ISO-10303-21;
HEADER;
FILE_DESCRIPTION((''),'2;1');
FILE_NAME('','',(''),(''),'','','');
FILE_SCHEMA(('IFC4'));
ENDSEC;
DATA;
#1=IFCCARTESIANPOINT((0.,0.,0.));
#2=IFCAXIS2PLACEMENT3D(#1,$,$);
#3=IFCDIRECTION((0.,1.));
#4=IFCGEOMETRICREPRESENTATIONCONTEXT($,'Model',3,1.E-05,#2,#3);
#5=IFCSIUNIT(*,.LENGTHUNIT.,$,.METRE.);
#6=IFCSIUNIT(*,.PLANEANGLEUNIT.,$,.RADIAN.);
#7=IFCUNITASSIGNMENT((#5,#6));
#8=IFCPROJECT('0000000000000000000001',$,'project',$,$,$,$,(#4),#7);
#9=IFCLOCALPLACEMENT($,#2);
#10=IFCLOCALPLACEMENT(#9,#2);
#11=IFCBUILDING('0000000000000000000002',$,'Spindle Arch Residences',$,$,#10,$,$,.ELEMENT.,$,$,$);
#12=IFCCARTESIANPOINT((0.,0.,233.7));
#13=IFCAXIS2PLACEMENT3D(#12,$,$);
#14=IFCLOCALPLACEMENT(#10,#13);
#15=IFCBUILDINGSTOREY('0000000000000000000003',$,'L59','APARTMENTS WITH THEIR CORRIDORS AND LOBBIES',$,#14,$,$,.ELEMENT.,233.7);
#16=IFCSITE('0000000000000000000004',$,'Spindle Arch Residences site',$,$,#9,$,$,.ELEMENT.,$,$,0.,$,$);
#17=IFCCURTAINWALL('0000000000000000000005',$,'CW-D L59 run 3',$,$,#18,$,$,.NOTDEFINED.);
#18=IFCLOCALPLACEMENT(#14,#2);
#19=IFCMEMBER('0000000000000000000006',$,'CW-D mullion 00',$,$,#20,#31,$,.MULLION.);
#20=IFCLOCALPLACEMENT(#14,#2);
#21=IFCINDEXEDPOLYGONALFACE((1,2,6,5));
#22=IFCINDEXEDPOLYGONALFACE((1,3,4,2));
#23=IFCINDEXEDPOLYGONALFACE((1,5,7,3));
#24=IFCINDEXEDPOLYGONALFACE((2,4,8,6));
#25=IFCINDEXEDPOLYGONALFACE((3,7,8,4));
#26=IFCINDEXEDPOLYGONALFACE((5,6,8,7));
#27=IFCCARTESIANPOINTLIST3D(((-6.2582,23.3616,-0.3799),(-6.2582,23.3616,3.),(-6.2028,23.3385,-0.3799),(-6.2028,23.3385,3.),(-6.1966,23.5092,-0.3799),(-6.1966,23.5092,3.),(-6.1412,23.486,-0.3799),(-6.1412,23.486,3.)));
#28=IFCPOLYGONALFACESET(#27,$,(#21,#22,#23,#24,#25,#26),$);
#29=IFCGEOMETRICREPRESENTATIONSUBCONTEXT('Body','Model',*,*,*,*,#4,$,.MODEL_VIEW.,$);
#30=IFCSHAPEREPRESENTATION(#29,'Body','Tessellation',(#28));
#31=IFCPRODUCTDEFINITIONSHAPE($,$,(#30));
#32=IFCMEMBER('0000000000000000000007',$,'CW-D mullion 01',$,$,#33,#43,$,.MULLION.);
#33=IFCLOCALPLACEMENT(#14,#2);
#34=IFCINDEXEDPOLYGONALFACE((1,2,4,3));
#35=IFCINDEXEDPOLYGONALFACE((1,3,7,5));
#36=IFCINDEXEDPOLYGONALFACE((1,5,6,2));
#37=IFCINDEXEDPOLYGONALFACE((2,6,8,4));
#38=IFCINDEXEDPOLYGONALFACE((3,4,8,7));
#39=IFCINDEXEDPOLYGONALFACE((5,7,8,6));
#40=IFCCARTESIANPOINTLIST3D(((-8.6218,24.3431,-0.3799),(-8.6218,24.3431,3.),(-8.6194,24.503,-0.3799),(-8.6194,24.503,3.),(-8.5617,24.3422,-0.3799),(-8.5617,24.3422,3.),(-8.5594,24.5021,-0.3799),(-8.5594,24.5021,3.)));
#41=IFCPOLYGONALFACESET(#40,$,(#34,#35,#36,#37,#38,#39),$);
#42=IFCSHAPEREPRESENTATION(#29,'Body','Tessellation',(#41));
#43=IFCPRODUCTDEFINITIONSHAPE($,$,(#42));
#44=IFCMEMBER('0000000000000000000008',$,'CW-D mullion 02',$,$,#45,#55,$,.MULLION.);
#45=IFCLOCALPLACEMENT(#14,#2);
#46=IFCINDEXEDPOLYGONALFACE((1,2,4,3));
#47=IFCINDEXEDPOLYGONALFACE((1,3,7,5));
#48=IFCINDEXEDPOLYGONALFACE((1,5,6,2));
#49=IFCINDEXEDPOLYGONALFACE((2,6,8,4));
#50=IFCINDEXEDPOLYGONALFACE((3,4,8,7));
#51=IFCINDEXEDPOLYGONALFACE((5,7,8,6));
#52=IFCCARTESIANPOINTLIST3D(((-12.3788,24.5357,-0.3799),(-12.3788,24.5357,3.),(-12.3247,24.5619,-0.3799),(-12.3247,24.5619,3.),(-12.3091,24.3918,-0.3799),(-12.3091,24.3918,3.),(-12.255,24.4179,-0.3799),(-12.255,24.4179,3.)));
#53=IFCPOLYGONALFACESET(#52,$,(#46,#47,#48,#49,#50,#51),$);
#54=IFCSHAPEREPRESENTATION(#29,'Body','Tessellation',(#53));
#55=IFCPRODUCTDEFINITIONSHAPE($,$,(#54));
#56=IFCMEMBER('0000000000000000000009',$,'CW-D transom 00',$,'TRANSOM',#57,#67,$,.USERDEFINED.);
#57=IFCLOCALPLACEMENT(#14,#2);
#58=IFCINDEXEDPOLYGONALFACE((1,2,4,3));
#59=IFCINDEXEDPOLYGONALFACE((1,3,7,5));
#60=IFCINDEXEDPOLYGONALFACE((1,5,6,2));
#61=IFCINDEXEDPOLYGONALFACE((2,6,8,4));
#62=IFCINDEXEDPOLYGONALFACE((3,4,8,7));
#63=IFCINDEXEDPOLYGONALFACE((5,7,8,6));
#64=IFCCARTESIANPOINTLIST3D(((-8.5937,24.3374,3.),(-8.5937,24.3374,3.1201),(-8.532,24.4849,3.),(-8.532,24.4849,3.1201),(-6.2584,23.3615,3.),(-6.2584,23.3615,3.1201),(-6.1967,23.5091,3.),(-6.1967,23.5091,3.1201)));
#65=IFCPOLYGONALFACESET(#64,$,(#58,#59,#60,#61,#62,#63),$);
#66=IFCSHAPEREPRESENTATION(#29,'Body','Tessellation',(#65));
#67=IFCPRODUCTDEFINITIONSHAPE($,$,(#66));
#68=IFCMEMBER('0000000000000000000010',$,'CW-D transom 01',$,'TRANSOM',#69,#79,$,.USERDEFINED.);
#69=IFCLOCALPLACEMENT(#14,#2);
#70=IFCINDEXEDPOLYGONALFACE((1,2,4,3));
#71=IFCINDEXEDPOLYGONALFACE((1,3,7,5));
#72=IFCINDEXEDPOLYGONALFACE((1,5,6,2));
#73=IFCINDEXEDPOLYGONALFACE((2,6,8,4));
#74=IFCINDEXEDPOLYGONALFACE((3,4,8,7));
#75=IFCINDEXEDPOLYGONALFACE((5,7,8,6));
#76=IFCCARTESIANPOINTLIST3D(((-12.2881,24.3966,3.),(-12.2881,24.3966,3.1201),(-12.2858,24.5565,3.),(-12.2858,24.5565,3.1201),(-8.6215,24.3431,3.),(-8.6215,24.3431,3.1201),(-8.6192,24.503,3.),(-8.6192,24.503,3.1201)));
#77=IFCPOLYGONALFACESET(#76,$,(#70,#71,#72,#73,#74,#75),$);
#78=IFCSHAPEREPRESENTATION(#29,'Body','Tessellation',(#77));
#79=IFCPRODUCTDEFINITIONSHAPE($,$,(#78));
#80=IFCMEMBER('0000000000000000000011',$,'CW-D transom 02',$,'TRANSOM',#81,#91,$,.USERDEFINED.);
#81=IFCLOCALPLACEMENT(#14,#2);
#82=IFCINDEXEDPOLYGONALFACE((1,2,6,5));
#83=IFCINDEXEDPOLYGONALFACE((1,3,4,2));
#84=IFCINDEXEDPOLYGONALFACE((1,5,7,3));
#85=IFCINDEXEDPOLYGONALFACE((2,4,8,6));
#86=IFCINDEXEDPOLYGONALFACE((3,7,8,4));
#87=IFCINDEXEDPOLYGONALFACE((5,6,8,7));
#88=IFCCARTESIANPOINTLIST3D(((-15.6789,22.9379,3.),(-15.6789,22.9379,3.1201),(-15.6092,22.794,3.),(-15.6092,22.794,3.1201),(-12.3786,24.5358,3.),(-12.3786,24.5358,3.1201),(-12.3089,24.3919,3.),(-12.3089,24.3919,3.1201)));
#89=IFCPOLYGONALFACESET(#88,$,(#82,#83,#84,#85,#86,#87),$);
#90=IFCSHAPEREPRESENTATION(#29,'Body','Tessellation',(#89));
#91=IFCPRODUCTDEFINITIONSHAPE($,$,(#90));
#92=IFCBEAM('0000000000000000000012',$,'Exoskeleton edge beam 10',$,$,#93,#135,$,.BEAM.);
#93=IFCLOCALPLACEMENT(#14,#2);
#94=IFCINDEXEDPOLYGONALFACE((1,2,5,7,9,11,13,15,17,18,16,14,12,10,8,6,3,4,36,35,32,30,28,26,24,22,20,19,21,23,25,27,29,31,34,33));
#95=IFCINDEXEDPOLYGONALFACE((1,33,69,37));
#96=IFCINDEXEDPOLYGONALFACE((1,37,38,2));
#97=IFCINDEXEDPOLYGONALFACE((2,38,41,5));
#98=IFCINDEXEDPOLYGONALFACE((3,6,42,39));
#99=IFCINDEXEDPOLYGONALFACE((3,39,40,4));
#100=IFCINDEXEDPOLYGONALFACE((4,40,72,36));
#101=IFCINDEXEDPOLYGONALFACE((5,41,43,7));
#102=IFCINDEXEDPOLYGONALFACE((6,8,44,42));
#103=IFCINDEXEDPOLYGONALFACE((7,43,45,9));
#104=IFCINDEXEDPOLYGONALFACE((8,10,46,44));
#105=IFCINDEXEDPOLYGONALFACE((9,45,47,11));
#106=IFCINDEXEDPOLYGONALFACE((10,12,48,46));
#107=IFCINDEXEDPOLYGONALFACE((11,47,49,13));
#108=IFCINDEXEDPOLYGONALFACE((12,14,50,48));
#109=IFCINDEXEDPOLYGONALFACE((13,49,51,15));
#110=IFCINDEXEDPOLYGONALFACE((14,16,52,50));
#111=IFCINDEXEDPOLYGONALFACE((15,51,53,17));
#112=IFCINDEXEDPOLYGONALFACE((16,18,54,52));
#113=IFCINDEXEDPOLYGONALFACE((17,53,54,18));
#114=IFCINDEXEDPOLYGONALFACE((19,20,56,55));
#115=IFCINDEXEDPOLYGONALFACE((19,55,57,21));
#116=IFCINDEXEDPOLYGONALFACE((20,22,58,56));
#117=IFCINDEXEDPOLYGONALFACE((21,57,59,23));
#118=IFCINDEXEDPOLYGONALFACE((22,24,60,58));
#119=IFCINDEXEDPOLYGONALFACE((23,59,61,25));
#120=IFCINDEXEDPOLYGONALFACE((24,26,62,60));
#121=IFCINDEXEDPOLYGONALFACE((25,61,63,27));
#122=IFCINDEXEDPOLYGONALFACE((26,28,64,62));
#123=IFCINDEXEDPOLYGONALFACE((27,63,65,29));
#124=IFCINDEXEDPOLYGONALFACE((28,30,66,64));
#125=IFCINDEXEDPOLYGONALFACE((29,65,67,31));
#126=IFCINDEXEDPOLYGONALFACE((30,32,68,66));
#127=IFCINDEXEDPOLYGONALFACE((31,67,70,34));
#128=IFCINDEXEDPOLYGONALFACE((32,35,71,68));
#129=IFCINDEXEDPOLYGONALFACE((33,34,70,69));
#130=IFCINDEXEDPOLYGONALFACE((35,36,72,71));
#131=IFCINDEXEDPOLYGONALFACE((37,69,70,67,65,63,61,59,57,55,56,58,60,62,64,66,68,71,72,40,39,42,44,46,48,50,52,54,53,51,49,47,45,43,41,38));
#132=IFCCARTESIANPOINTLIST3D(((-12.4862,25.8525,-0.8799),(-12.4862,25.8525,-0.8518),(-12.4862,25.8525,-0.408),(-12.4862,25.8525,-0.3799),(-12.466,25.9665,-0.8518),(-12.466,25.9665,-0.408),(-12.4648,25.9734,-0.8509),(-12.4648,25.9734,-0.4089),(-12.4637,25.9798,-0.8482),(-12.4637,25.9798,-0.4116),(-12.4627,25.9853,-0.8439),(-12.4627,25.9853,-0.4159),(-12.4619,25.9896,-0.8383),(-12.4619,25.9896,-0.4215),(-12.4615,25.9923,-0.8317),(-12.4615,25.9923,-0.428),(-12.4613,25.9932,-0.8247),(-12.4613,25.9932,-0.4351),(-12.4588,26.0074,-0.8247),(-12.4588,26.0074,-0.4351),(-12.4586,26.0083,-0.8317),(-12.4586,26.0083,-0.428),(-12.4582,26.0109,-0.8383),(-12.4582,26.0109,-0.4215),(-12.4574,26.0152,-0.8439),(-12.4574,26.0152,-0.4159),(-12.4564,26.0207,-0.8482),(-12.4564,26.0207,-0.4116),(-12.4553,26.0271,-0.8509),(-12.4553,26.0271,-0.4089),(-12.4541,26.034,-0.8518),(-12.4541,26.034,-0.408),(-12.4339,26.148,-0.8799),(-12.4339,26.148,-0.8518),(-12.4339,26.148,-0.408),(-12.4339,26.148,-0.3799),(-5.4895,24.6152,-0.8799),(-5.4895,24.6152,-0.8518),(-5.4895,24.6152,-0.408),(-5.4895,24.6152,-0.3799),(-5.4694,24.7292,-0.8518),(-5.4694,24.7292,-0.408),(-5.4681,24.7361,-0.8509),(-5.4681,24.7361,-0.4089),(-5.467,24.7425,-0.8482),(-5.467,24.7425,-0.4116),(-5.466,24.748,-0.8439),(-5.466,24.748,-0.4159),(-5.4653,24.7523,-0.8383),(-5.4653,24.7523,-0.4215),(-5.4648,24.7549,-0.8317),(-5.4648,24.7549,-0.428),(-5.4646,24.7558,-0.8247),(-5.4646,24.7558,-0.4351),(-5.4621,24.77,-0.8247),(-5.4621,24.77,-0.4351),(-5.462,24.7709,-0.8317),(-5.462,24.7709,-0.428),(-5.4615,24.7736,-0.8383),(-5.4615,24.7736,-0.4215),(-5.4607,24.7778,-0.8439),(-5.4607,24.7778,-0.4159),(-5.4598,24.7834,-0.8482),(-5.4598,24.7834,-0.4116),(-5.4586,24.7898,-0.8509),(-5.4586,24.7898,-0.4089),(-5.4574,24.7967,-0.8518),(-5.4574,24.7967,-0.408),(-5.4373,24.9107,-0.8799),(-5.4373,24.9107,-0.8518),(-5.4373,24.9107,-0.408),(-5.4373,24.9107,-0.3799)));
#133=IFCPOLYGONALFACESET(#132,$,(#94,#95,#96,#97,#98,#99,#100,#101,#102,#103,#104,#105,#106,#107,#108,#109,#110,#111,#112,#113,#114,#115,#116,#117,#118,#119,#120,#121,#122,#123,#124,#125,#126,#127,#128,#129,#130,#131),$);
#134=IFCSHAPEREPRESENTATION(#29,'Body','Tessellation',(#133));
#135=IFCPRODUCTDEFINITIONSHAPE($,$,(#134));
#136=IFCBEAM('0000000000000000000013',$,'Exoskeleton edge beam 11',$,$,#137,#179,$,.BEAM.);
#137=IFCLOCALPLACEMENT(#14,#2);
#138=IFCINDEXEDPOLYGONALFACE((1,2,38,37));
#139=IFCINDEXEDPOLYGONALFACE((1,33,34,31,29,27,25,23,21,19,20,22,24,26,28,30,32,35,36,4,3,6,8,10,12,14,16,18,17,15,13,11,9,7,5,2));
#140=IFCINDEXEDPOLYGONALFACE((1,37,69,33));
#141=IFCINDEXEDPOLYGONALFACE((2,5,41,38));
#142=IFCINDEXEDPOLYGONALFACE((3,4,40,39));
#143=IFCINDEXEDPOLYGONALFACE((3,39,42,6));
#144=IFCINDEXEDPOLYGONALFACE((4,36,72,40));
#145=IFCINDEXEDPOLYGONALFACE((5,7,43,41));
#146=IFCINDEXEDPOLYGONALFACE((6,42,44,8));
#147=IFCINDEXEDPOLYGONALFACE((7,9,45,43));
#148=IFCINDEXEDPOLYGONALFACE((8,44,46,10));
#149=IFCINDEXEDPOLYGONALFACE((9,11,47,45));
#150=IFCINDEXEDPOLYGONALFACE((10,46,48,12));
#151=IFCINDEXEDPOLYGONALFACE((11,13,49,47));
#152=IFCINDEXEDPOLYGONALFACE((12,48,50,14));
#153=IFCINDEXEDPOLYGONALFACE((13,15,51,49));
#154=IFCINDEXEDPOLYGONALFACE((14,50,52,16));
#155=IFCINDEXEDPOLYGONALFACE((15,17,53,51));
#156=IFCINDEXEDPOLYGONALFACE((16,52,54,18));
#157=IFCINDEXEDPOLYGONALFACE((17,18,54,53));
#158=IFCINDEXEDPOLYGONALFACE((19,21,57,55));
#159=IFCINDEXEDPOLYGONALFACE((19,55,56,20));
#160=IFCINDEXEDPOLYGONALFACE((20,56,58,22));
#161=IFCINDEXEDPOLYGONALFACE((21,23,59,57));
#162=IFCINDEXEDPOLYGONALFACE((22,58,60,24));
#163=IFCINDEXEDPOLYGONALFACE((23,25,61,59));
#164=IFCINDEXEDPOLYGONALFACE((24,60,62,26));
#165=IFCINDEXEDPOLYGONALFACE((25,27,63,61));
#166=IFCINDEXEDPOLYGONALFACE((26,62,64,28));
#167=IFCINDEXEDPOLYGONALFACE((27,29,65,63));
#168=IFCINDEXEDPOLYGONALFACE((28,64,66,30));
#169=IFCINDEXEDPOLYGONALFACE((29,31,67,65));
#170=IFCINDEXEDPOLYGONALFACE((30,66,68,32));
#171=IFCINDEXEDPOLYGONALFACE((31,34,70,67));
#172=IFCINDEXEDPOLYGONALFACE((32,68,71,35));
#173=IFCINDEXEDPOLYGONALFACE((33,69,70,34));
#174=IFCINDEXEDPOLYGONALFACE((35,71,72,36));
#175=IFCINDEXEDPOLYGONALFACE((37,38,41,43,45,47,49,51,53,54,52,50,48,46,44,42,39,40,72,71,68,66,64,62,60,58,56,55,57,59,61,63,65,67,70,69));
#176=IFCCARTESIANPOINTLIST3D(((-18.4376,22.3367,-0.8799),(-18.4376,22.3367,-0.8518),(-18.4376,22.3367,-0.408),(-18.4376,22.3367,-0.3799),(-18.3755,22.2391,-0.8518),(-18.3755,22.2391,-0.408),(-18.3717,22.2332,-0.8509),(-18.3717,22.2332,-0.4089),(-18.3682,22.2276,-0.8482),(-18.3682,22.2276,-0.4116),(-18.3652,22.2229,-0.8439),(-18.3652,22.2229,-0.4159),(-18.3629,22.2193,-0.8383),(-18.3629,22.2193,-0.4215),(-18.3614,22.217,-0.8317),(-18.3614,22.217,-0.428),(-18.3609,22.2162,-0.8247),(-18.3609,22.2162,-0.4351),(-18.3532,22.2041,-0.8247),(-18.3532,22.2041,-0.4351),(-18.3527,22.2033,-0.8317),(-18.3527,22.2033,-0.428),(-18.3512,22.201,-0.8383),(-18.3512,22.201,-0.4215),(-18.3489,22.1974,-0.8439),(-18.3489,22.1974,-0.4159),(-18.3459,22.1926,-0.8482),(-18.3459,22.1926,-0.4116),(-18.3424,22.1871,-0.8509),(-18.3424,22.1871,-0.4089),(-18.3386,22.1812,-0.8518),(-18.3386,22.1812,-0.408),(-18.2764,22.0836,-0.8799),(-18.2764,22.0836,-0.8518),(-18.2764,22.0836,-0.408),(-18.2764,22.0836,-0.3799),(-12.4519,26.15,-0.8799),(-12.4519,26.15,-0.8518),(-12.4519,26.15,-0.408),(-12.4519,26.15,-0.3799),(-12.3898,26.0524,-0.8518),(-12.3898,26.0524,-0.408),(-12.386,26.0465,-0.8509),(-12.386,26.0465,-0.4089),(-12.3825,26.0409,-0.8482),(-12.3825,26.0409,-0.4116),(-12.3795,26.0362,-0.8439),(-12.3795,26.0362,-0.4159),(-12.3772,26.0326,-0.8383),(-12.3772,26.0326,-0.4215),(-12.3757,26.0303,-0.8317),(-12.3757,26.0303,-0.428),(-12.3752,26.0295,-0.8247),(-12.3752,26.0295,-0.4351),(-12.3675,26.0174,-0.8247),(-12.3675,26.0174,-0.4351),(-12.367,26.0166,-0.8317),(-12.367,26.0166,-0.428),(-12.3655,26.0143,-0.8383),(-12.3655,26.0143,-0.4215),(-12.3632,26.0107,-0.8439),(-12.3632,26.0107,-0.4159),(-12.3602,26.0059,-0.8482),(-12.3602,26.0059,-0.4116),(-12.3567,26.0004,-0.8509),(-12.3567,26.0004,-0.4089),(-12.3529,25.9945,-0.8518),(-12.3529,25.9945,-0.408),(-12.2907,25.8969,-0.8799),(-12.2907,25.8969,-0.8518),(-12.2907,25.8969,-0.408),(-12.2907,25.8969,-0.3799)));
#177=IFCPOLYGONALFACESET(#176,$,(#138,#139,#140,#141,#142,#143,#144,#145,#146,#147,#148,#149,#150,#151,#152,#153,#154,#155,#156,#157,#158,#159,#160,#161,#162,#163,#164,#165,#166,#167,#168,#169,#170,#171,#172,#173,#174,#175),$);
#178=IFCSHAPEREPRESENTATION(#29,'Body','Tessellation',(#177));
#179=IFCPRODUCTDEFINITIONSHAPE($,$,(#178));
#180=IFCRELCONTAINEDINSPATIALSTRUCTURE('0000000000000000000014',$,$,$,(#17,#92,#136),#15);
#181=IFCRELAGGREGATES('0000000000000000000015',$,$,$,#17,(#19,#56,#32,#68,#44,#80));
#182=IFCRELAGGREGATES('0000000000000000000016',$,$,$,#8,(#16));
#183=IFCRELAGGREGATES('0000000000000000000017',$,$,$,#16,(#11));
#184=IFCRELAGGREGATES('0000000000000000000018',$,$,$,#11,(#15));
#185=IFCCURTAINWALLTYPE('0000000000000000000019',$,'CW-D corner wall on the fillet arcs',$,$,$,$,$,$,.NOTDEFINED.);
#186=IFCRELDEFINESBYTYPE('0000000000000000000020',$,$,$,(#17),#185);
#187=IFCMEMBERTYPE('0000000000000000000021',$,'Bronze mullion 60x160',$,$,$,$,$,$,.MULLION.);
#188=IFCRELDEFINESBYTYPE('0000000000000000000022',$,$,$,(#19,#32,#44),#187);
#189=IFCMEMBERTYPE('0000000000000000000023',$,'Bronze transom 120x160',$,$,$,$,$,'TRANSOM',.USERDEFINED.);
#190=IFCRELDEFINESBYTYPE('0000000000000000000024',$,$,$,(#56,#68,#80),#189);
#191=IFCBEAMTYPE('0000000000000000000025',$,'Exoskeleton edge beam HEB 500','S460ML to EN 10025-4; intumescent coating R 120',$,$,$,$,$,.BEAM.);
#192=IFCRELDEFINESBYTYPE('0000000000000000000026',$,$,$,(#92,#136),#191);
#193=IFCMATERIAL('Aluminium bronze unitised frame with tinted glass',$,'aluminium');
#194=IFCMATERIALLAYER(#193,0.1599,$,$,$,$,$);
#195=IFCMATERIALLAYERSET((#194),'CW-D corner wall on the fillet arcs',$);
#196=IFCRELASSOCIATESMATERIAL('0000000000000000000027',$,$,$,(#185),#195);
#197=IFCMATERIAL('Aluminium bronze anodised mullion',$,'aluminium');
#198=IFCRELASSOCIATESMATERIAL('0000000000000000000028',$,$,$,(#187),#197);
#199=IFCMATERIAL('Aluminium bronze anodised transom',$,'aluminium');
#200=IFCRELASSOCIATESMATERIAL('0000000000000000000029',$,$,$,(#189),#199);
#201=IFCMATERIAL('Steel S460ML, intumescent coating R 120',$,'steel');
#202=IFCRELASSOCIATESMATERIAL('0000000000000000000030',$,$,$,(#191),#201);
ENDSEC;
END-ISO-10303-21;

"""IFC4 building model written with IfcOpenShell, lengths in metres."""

from ifc_helpers import new_model, si_unit, direction, frame, origin, origin_2d, place, context, subcontext, project, spatial, rectangle, i_section, extrude, material, layer, layer_set, material_profile, profile_set, type_object, element, aggregate, save


model = new_model("IFC4")

# Units and contexts
model_context = context("Model", 3, precision=1e-05, world=origin(), true_north=direction((0.0, 1.0)))
body_context = subcontext(model_context, "Body", "Model", "MODEL_VIEW")
ifc_project = project(units=[si_unit("LENGTHUNIT", "METRE"), si_unit("PLANEANGLEUNIT", "RADIAN")], contexts=[model_context])

# Site, building, storey
site_placement = place(None, origin())
site = spatial("IfcSite", under=ifc_project, at=site_placement, Name="Spindle Arch Residences site", CompositionType="ELEMENT", RefElevation=0.0)
building_placement = place(site_placement, origin())
building = spatial("IfcBuilding", under=site, at=building_placement, Name="Spindle Arch Residences", CompositionType="ELEMENT")
storey_placement = place(building_placement, frame((0.0, 0.0, 233.7)))
storey = spatial("IfcBuildingStorey", under=building, at=storey_placement, Name="L59", Description="APARTMENTS WITH THEIR CORRIDORS AND LOBBIES", CompositionType="ELEMENT", Elevation=233.7)

# Curtain wall, members
ifc_material_1 = material(Name="Aluminium bronze unitised frame with tinted glass", Category="aluminium")
ifc_layer_1 = layer(ifc_material_1, 0.1599)
ifc_layer_set_1 = layer_set([ifc_layer_1], Name="CW-D corner wall on the fillet arcs")
curtain_wall_type_1 = type_object("IfcCurtainWallType", Name="CW-D corner wall on the fillet arcs", PredefinedType="NOTDEFINED", material=ifc_layer_set_1)
curtain_wall_1_placement = place(storey_placement, origin())
curtain_wall_1 = element("IfcCurtainWall", 1, at=curtain_wall_1_placement, inside=storey, type_object=curtain_wall_type_1, Name="CW-D L59 run 3", PredefinedType="NOTDEFINED")
ifc_material_2 = material(Name="Aluminium bronze anodised mullion", Category="aluminium")
ifc_material_profile_1 = material_profile(ifc_material_2, rectangle(XDim=0.1599, YDim=0.0601, at=origin_2d()), Name="MU 60x160")
ifc_profile_set_1 = profile_set([ifc_material_profile_1], Name="Aluminium bronze anodised mullion")
member_type_1 = type_object("IfcMemberType", Name="Bronze mullion 60x160", PredefinedType="MULLION", material=ifc_profile_set_1)
member_1_placement = place(storey_placement, frame((-6.1997, 23.4238, -0.3799), z_axis=(0.0, 0.0, 1.0), x_axis=(-0.385552, -0.922686, 0.0)))
member_1 = element("IfcMember", 2, at=member_1_placement, type_object=member_type_1, Name="CW-D mullion 00", PredefinedType="MULLION", context=body_context, shape_type="SweptSolid", body=[
    extrude(rectangle(XDim=0.1599, YDim=0.0601, at=origin_2d()), origin(), (0.0, 0.0, 1.0), 3.3799),
])
member_2_placement = place(storey_placement, frame((-8.5906, 24.4226, -0.3799), z_axis=(0.0, 0.0, 1.0), x_axis=(-0.014544, -0.999894, 0.0)))
member_2 = element("IfcMember", 3, at=member_2_placement, type_object=member_type_1, Name="CW-D mullion 01", PredefinedType="MULLION", context=body_context, shape_type="SweptSolid", body=[
    extrude(rectangle(XDim=0.1599, YDim=0.0601, at=origin_2d()), origin(), (0.0, 0.0, 1.0), 3.3799),
])
member_3_placement = place(storey_placement, frame((-12.3169, 24.4768, -0.3799), z_axis=(0.0, 0.0, 1.0), x_axis=(0.435755, -0.900065, 0.0)))
member_3 = element("IfcMember", 4, at=member_3_placement, type_object=member_type_1, Name="CW-D mullion 02", PredefinedType="MULLION", context=body_context, shape_type="SweptSolid", body=[
    extrude(rectangle(XDim=0.1599, YDim=0.0601, at=origin_2d()), origin(), (0.0, 0.0, 1.0), 3.3799),
])
ifc_material_3 = material(Name="Aluminium bronze anodised transom", Category="aluminium")
ifc_material_profile_2 = material_profile(ifc_material_3, rectangle(XDim=0.1599, YDim=0.1201, at=origin_2d()), Name="TR 120x160")
ifc_profile_set_2 = profile_set([ifc_material_profile_2], Name="Aluminium bronze anodised transom")
member_type_2 = type_object("IfcMemberType", Name="Bronze transom 120x160", ElementType="TRANSOM", PredefinedType="USERDEFINED", material=ifc_profile_set_2)
member_4_placement = place(storey_placement, frame((-6.2275, 23.4353, 3.0601), z_axis=(-0.92268, 0.385567, 0.0), x_axis=(-0.385567, -0.92268, 0.0)))
member_4 = element("IfcMember", 5, at=member_4_placement, type_object=member_type_2, Name="CW-D transom 00", ObjectType="TRANSOM", PredefinedType="USERDEFINED", context=body_context, shape_type="SweptSolid", body=[
    extrude(rectangle(XDim=0.1599, YDim=0.1201, at=origin_2d()), origin(), (0.0, 0.0, 1.0), 2.531),
])
member_5_placement = place(storey_placement, frame((-8.6204, 24.4231, 3.0601), z_axis=(-0.999894, 0.014581, 0.0), x_axis=(-0.014581, -0.999894, 0.0)))
member_5 = element("IfcMember", 6, at=member_5_placement, type_object=member_type_2, Name="CW-D transom 01", ObjectType="TRANSOM", PredefinedType="USERDEFINED", context=body_context, shape_type="SweptSolid", body=[
    extrude(rectangle(XDim=0.1599, YDim=0.1201, at=origin_2d()), origin(), (0.0, 0.0, 1.0), 3.667),
])
member_6_placement = place(storey_placement, frame((-12.3438, 24.4639, 3.0601), z_axis=(-0.900054, -0.435778, 0.0), x_axis=(0.435778, -0.900054, 0.0)))
member_6 = element("IfcMember", 7, at=member_6_placement, type_object=member_type_2, Name="CW-D transom 02", ObjectType="TRANSOM", PredefinedType="USERDEFINED", context=body_context, shape_type="SweptSolid", body=[
    extrude(rectangle(XDim=0.1599, YDim=0.1201, at=origin_2d()), origin(), (0.0, 0.0, 1.0), 3.6667),
])

# Beams
ifc_material_4 = material(Name="Steel S460ML, intumescent coating R 120", Category="steel")
ifc_material_profile_3 = material_profile(ifc_material_4, i_section(OverallWidth=0.3, OverallDepth=0.5, WebThickness=0.0144, FlangeThickness=0.0281, FilletRadius=0.0271, at=origin_2d()), Name="HEB 500")
ifc_profile_set_3 = profile_set([ifc_material_profile_3], Name="Steel S460ML, intumescent coating R 120")
beam_type_1 = type_object("IfcBeamType", Name="Exoskeleton edge beam HEB 500", Description="S460ML to EN 10025-4; intumescent coating R 120", PredefinedType="BEAM", material=ifc_profile_set_3)
beam_1_placement = place(storey_placement, frame((-5.4634, 24.7629, -0.6299), z_axis=(-0.984721, 0.174142, 0.0), x_axis=(-0.174142, -0.984721, 0.0)))
element("IfcBeam", 8, at=beam_1_placement, inside=storey, type_object=beam_type_1, Name="Exoskeleton edge beam 10", PredefinedType="BEAM", context=body_context, shape_type="SweptSolid", body=[
    extrude(i_section(OverallWidth=0.3, OverallDepth=0.5, WebThickness=0.0144, FlangeThickness=0.0281, FilletRadius=0.0271, at=origin_2d()), origin(), (0.0, 0.0, 1.0), 7.1052),
])
beam_2_placement = place(storey_placement, frame((-12.3713, 26.0234, -0.6299), z_axis=(-0.843392, -0.537298, 0.0), x_axis=(0.537298, -0.843392, 0.0)))
element("IfcBeam", 9, at=beam_2_placement, inside=storey, type_object=beam_type_1, Name="Exoskeleton edge beam 11", PredefinedType="BEAM", context=body_context, shape_type="SweptSolid", body=[
    extrude(i_section(OverallWidth=0.3, OverallDepth=0.5, WebThickness=0.0144, FlangeThickness=0.0281, FilletRadius=0.0271, at=origin_2d()), origin(), (0.0, 0.0, 1.0), 7.0972),
])

aggregate(curtain_wall_1, [member_1, member_4, member_2, member_5, member_3, member_6])

save(model, "model.ifc")
